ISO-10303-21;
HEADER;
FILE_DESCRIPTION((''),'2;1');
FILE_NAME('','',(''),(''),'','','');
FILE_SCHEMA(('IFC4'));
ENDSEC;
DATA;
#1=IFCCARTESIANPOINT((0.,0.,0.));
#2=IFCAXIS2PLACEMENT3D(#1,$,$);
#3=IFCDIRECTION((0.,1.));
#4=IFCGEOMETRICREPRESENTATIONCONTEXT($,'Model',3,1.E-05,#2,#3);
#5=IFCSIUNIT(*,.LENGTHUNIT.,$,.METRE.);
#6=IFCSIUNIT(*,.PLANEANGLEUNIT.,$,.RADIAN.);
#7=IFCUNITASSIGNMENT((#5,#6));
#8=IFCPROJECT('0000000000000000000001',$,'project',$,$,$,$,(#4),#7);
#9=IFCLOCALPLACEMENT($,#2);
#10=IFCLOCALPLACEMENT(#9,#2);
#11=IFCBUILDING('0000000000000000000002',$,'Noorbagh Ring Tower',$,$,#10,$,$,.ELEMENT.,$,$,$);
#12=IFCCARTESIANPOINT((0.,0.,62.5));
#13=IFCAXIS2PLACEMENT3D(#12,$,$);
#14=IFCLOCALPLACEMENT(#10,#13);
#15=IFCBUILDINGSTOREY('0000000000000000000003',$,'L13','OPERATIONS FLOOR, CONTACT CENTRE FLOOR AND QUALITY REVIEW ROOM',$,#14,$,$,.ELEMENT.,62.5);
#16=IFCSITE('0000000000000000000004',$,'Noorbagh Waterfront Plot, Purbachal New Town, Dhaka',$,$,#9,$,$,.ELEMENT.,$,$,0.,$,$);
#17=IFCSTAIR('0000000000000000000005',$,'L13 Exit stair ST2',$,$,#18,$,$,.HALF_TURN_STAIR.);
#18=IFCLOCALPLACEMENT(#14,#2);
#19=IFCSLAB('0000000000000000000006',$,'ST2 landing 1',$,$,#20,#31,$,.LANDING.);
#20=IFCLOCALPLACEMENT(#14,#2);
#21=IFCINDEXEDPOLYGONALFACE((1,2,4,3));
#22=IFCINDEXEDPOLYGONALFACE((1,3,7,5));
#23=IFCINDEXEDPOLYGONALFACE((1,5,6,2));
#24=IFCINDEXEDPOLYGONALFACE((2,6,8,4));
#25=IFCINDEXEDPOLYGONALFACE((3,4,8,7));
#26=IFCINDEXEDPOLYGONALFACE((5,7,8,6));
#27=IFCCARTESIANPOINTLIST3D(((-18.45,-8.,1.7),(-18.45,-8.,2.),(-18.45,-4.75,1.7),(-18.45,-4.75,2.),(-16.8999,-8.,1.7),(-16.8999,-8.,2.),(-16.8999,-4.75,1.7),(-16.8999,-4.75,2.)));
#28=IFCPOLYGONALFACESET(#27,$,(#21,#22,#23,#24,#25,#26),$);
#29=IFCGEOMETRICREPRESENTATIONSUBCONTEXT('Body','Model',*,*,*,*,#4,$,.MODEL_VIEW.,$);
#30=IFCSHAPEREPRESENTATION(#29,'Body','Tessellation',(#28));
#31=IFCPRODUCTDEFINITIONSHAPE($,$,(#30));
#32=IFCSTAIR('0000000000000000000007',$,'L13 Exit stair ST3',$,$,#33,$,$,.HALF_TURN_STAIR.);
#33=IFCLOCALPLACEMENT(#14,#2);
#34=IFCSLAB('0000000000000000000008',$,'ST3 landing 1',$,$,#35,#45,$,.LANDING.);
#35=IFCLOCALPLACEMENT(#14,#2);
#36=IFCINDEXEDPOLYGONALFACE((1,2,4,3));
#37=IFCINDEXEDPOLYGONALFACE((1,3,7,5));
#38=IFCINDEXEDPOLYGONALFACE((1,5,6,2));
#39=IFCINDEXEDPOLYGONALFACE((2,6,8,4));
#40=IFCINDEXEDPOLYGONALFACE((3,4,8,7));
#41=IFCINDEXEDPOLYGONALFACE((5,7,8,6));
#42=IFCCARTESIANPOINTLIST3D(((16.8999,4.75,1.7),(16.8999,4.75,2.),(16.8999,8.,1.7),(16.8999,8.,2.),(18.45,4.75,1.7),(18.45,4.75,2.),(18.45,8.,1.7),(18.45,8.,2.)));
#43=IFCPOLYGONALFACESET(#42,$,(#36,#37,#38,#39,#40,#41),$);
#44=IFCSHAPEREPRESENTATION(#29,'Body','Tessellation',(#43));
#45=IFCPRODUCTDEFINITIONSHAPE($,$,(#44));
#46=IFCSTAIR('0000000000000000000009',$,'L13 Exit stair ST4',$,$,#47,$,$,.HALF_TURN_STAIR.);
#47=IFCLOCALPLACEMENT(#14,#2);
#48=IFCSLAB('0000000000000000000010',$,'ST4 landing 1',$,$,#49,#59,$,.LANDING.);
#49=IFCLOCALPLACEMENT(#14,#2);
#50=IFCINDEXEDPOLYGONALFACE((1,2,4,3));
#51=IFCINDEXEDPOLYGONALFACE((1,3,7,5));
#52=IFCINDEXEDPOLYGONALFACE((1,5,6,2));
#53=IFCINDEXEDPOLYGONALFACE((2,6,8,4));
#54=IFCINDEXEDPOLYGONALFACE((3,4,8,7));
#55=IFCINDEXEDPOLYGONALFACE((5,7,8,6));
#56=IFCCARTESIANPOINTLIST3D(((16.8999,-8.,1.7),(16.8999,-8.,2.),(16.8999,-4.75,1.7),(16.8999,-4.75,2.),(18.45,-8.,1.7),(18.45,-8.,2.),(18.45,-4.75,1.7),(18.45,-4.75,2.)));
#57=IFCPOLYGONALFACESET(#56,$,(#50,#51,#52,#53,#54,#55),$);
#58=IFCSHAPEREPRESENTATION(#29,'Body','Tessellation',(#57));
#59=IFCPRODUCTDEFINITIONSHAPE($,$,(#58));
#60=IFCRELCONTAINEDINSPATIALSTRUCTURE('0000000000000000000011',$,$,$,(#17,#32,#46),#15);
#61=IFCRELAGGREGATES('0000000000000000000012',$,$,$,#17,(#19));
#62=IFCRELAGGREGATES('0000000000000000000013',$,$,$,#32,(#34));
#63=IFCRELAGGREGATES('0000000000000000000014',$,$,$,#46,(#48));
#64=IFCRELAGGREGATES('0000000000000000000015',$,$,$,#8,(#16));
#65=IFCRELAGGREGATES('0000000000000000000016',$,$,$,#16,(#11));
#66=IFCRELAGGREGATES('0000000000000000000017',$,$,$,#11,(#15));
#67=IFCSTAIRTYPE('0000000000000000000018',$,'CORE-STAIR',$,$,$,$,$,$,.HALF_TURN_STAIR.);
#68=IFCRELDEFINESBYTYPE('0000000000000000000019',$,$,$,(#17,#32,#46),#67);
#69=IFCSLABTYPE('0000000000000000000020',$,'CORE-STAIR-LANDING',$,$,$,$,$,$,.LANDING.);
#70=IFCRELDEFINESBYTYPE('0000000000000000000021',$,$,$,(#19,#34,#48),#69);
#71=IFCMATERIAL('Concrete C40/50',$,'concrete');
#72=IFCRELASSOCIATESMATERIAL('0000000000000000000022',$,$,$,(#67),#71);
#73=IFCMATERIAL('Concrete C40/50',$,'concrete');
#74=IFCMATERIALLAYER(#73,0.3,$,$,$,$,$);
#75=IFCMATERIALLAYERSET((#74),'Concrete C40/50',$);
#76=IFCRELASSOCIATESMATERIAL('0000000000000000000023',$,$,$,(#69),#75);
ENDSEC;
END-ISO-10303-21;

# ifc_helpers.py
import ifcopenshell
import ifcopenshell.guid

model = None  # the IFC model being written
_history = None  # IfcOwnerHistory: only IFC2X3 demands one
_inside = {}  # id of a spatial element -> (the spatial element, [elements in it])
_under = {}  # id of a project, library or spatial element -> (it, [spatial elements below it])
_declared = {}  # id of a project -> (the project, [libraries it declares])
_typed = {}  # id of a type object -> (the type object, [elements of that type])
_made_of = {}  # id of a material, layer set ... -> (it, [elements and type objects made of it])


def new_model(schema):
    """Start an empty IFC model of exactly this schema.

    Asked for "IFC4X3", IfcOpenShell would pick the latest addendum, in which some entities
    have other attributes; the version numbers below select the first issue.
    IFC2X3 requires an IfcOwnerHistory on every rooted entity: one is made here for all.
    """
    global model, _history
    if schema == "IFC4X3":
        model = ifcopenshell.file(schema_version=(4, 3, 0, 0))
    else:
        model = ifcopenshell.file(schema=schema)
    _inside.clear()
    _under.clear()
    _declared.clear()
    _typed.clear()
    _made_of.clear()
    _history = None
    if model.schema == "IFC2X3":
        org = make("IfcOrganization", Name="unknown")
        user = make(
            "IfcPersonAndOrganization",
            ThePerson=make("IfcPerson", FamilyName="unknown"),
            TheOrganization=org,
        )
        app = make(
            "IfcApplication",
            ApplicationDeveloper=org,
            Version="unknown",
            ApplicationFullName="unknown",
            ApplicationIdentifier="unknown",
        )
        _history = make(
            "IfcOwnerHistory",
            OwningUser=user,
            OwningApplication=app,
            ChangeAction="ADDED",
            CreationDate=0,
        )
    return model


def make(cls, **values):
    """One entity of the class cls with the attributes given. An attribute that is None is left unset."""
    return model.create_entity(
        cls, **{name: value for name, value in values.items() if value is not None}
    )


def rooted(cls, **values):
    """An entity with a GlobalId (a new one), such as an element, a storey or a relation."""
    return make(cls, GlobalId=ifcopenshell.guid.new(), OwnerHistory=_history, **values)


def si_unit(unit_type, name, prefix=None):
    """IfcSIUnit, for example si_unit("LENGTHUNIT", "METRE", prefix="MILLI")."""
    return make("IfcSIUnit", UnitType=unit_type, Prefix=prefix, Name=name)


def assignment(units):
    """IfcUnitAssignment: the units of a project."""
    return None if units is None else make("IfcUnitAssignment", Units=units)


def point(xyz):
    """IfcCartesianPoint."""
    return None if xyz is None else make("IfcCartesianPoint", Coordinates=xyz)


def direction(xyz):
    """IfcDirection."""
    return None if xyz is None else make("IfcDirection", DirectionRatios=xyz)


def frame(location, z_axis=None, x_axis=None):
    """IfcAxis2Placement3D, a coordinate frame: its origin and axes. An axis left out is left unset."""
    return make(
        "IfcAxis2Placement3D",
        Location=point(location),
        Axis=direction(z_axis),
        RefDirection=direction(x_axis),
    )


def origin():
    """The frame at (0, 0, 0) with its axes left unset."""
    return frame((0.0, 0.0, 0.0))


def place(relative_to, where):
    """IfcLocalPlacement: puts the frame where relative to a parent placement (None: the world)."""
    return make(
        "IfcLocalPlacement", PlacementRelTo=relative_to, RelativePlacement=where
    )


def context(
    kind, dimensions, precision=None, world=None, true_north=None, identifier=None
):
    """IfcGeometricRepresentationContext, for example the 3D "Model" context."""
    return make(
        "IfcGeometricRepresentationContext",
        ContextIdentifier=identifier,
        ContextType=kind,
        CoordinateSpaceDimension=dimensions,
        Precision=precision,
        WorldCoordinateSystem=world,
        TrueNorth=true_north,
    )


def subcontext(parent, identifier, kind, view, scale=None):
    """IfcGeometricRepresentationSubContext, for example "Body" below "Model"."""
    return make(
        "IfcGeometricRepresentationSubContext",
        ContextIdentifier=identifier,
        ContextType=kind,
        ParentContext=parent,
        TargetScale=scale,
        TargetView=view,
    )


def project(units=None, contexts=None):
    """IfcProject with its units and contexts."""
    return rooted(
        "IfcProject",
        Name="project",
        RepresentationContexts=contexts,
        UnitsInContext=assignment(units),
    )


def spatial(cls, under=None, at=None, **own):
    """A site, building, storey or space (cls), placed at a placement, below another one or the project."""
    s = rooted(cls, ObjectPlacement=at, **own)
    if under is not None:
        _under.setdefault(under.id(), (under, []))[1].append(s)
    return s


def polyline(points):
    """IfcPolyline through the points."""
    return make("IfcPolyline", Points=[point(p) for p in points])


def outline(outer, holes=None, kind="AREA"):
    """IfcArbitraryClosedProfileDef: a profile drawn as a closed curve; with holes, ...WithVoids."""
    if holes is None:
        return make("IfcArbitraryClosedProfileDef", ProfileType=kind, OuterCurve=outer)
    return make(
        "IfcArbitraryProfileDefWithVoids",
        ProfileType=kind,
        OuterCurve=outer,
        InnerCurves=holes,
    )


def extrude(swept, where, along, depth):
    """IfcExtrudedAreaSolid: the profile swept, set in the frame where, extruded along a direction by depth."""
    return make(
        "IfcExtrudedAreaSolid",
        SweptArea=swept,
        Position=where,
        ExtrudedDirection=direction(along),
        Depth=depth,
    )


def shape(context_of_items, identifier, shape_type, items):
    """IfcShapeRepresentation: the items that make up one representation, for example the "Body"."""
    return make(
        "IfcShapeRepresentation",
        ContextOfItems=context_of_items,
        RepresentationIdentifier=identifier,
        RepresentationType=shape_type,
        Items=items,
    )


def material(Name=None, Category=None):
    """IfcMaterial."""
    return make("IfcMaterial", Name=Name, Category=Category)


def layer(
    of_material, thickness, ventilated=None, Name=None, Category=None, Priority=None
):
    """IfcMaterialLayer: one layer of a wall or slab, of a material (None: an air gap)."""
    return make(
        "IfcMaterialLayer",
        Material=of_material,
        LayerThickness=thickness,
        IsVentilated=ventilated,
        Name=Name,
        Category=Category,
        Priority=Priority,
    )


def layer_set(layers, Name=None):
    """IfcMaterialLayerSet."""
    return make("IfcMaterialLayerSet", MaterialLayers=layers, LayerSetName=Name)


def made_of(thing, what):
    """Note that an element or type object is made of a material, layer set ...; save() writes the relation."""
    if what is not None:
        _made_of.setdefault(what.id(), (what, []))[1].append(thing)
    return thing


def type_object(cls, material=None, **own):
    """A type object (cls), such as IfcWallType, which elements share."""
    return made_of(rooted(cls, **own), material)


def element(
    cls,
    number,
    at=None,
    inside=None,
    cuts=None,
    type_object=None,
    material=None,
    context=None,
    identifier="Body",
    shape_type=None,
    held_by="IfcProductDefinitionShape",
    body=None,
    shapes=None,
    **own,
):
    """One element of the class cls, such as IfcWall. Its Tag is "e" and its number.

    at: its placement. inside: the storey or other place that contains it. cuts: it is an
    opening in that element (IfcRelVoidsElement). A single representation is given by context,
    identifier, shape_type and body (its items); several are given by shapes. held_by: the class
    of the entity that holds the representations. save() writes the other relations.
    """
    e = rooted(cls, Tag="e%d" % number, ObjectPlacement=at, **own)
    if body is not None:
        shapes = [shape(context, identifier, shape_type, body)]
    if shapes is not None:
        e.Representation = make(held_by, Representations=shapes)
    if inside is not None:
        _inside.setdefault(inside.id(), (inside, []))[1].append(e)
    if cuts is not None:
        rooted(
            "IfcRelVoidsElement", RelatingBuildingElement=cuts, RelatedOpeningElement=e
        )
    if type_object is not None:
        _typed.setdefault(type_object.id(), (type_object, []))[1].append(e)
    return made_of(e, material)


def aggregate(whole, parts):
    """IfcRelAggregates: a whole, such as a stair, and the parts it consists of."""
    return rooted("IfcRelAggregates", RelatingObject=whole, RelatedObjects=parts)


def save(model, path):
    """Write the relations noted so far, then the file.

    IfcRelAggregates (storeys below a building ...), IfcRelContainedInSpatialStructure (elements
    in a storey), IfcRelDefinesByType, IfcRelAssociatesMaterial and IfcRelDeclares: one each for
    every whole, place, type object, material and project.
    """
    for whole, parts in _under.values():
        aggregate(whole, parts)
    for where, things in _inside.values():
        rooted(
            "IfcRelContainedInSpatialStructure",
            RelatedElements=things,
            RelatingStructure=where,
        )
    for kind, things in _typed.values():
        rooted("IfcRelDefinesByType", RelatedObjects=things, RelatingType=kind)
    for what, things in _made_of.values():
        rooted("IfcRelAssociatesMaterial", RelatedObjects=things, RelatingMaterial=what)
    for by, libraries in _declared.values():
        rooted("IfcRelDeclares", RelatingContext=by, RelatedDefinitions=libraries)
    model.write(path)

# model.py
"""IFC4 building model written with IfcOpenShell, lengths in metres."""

from ifc_helpers import new_model, si_unit, direction, frame, origin, place, context, subcontext, project, spatial, polyline, outline, extrude, material, layer, layer_set, type_object, element, aggregate, save


model = new_model("IFC4")

# Units and contexts
model_context = context("Model", 3, precision=1e-05, world=origin(), true_north=direction((0.0, 1.0)))
body_context = subcontext(model_context, "Body", "Model", "MODEL_VIEW")
ifc_project = project(units=[si_unit("LENGTHUNIT", "METRE"), si_unit("PLANEANGLEUNIT", "RADIAN")], contexts=[model_context])

# Site, building, storey
site_placement = place(None, origin())
site = spatial("IfcSite", under=ifc_project, at=site_placement, Name="Noorbagh Waterfront Plot, Purbachal New Town, Dhaka", CompositionType="ELEMENT", RefElevation=0.0)
building_placement = place(site_placement, origin())
building = spatial("IfcBuilding", under=site, at=building_placement, Name="Noorbagh Ring Tower", CompositionType="ELEMENT")
storey_placement = place(building_placement, frame((0.0, 0.0, 62.5)))
storey = spatial("IfcBuildingStorey", under=building, at=storey_placement, Name="L13", Description="OPERATIONS FLOOR, CONTACT CENTRE FLOOR AND QUALITY REVIEW ROOM", CompositionType="ELEMENT", Elevation=62.5)

# Stairs, slabs
ifc_material_1 = material(Name="Concrete C40/50", Category="concrete")
stair_type = type_object("IfcStairType", Name="CORE-STAIR", PredefinedType="HALF_TURN_STAIR", material=ifc_material_1)
ifc_material_2 = material(Name="Concrete C40/50", Category="concrete")
ifc_layer_1 = layer(ifc_material_2, 0.3)
ifc_layer_set_1 = layer_set([ifc_layer_1], Name="Concrete C40/50")
slab_type_1 = type_object("IfcSlabType", Name="CORE-STAIR-LANDING", PredefinedType="LANDING", material=ifc_layer_set_1)
stair_1_placement = place(storey_placement, origin())
stair_1 = element("IfcStair", 1, at=stair_1_placement, inside=storey, type_object=stair_type, Name="L13 Exit stair ST2", PredefinedType="HALF_TURN_STAIR")
slab_1_placement = place(storey_placement, frame((0.0, 0.0, 1.7)))
slab_1 = element("IfcSlab", 2, at=slab_1_placement, type_object=slab_type_1, Name="ST2 landing 1", PredefinedType="LANDING", context=body_context, shape_type="SweptSolid", body=[
    extrude(outline(polyline([(-18.45, -8.0), (-16.8999, -8.0), (-16.8999, -4.75), (-18.45, -4.75), (-18.45, -8.0)])), origin(), (0.0, 0.0, 1.0), 0.3),
])
aggregate(stair_1, [slab_1])
stair_2_placement = place(storey_placement, origin())
stair_2 = element("IfcStair", 3, at=stair_2_placement, inside=storey, type_object=stair_type, Name="L13 Exit stair ST3", PredefinedType="HALF_TURN_STAIR")
slab_2_placement = place(storey_placement, frame((0.0, 0.0, 1.7)))
slab_2 = element("IfcSlab", 4, at=slab_2_placement, type_object=slab_type_1, Name="ST3 landing 1", PredefinedType="LANDING", context=body_context, shape_type="SweptSolid", body=[
    extrude(outline(polyline([(18.45, 8.0), (16.8999, 8.0), (16.8999, 4.75), (18.45, 4.75), (18.45, 8.0)])), origin(), (0.0, 0.0, 1.0), 0.3),
])
aggregate(stair_2, [slab_2])
stair_3_placement = place(storey_placement, origin())
stair_3 = element("IfcStair", 5, at=stair_3_placement, inside=storey, type_object=stair_type, Name="L13 Exit stair ST4", PredefinedType="HALF_TURN_STAIR")
slab_3_placement = place(storey_placement, frame((0.0, 0.0, 1.7)))
slab_3 = element("IfcSlab", 6, at=slab_3_placement, type_object=slab_type_1, Name="ST4 landing 1", PredefinedType="LANDING", context=body_context, shape_type="SweptSolid", body=[
    extrude(outline(polyline([(18.45, -4.75), (16.8999, -4.75), (16.8999, -8.0), (18.45, -8.0), (18.45, -4.75)])), origin(), (0.0, 0.0, 1.0), 0.3),
])
aggregate(stair_3, [slab_3])

save(model, "model.ifc")
